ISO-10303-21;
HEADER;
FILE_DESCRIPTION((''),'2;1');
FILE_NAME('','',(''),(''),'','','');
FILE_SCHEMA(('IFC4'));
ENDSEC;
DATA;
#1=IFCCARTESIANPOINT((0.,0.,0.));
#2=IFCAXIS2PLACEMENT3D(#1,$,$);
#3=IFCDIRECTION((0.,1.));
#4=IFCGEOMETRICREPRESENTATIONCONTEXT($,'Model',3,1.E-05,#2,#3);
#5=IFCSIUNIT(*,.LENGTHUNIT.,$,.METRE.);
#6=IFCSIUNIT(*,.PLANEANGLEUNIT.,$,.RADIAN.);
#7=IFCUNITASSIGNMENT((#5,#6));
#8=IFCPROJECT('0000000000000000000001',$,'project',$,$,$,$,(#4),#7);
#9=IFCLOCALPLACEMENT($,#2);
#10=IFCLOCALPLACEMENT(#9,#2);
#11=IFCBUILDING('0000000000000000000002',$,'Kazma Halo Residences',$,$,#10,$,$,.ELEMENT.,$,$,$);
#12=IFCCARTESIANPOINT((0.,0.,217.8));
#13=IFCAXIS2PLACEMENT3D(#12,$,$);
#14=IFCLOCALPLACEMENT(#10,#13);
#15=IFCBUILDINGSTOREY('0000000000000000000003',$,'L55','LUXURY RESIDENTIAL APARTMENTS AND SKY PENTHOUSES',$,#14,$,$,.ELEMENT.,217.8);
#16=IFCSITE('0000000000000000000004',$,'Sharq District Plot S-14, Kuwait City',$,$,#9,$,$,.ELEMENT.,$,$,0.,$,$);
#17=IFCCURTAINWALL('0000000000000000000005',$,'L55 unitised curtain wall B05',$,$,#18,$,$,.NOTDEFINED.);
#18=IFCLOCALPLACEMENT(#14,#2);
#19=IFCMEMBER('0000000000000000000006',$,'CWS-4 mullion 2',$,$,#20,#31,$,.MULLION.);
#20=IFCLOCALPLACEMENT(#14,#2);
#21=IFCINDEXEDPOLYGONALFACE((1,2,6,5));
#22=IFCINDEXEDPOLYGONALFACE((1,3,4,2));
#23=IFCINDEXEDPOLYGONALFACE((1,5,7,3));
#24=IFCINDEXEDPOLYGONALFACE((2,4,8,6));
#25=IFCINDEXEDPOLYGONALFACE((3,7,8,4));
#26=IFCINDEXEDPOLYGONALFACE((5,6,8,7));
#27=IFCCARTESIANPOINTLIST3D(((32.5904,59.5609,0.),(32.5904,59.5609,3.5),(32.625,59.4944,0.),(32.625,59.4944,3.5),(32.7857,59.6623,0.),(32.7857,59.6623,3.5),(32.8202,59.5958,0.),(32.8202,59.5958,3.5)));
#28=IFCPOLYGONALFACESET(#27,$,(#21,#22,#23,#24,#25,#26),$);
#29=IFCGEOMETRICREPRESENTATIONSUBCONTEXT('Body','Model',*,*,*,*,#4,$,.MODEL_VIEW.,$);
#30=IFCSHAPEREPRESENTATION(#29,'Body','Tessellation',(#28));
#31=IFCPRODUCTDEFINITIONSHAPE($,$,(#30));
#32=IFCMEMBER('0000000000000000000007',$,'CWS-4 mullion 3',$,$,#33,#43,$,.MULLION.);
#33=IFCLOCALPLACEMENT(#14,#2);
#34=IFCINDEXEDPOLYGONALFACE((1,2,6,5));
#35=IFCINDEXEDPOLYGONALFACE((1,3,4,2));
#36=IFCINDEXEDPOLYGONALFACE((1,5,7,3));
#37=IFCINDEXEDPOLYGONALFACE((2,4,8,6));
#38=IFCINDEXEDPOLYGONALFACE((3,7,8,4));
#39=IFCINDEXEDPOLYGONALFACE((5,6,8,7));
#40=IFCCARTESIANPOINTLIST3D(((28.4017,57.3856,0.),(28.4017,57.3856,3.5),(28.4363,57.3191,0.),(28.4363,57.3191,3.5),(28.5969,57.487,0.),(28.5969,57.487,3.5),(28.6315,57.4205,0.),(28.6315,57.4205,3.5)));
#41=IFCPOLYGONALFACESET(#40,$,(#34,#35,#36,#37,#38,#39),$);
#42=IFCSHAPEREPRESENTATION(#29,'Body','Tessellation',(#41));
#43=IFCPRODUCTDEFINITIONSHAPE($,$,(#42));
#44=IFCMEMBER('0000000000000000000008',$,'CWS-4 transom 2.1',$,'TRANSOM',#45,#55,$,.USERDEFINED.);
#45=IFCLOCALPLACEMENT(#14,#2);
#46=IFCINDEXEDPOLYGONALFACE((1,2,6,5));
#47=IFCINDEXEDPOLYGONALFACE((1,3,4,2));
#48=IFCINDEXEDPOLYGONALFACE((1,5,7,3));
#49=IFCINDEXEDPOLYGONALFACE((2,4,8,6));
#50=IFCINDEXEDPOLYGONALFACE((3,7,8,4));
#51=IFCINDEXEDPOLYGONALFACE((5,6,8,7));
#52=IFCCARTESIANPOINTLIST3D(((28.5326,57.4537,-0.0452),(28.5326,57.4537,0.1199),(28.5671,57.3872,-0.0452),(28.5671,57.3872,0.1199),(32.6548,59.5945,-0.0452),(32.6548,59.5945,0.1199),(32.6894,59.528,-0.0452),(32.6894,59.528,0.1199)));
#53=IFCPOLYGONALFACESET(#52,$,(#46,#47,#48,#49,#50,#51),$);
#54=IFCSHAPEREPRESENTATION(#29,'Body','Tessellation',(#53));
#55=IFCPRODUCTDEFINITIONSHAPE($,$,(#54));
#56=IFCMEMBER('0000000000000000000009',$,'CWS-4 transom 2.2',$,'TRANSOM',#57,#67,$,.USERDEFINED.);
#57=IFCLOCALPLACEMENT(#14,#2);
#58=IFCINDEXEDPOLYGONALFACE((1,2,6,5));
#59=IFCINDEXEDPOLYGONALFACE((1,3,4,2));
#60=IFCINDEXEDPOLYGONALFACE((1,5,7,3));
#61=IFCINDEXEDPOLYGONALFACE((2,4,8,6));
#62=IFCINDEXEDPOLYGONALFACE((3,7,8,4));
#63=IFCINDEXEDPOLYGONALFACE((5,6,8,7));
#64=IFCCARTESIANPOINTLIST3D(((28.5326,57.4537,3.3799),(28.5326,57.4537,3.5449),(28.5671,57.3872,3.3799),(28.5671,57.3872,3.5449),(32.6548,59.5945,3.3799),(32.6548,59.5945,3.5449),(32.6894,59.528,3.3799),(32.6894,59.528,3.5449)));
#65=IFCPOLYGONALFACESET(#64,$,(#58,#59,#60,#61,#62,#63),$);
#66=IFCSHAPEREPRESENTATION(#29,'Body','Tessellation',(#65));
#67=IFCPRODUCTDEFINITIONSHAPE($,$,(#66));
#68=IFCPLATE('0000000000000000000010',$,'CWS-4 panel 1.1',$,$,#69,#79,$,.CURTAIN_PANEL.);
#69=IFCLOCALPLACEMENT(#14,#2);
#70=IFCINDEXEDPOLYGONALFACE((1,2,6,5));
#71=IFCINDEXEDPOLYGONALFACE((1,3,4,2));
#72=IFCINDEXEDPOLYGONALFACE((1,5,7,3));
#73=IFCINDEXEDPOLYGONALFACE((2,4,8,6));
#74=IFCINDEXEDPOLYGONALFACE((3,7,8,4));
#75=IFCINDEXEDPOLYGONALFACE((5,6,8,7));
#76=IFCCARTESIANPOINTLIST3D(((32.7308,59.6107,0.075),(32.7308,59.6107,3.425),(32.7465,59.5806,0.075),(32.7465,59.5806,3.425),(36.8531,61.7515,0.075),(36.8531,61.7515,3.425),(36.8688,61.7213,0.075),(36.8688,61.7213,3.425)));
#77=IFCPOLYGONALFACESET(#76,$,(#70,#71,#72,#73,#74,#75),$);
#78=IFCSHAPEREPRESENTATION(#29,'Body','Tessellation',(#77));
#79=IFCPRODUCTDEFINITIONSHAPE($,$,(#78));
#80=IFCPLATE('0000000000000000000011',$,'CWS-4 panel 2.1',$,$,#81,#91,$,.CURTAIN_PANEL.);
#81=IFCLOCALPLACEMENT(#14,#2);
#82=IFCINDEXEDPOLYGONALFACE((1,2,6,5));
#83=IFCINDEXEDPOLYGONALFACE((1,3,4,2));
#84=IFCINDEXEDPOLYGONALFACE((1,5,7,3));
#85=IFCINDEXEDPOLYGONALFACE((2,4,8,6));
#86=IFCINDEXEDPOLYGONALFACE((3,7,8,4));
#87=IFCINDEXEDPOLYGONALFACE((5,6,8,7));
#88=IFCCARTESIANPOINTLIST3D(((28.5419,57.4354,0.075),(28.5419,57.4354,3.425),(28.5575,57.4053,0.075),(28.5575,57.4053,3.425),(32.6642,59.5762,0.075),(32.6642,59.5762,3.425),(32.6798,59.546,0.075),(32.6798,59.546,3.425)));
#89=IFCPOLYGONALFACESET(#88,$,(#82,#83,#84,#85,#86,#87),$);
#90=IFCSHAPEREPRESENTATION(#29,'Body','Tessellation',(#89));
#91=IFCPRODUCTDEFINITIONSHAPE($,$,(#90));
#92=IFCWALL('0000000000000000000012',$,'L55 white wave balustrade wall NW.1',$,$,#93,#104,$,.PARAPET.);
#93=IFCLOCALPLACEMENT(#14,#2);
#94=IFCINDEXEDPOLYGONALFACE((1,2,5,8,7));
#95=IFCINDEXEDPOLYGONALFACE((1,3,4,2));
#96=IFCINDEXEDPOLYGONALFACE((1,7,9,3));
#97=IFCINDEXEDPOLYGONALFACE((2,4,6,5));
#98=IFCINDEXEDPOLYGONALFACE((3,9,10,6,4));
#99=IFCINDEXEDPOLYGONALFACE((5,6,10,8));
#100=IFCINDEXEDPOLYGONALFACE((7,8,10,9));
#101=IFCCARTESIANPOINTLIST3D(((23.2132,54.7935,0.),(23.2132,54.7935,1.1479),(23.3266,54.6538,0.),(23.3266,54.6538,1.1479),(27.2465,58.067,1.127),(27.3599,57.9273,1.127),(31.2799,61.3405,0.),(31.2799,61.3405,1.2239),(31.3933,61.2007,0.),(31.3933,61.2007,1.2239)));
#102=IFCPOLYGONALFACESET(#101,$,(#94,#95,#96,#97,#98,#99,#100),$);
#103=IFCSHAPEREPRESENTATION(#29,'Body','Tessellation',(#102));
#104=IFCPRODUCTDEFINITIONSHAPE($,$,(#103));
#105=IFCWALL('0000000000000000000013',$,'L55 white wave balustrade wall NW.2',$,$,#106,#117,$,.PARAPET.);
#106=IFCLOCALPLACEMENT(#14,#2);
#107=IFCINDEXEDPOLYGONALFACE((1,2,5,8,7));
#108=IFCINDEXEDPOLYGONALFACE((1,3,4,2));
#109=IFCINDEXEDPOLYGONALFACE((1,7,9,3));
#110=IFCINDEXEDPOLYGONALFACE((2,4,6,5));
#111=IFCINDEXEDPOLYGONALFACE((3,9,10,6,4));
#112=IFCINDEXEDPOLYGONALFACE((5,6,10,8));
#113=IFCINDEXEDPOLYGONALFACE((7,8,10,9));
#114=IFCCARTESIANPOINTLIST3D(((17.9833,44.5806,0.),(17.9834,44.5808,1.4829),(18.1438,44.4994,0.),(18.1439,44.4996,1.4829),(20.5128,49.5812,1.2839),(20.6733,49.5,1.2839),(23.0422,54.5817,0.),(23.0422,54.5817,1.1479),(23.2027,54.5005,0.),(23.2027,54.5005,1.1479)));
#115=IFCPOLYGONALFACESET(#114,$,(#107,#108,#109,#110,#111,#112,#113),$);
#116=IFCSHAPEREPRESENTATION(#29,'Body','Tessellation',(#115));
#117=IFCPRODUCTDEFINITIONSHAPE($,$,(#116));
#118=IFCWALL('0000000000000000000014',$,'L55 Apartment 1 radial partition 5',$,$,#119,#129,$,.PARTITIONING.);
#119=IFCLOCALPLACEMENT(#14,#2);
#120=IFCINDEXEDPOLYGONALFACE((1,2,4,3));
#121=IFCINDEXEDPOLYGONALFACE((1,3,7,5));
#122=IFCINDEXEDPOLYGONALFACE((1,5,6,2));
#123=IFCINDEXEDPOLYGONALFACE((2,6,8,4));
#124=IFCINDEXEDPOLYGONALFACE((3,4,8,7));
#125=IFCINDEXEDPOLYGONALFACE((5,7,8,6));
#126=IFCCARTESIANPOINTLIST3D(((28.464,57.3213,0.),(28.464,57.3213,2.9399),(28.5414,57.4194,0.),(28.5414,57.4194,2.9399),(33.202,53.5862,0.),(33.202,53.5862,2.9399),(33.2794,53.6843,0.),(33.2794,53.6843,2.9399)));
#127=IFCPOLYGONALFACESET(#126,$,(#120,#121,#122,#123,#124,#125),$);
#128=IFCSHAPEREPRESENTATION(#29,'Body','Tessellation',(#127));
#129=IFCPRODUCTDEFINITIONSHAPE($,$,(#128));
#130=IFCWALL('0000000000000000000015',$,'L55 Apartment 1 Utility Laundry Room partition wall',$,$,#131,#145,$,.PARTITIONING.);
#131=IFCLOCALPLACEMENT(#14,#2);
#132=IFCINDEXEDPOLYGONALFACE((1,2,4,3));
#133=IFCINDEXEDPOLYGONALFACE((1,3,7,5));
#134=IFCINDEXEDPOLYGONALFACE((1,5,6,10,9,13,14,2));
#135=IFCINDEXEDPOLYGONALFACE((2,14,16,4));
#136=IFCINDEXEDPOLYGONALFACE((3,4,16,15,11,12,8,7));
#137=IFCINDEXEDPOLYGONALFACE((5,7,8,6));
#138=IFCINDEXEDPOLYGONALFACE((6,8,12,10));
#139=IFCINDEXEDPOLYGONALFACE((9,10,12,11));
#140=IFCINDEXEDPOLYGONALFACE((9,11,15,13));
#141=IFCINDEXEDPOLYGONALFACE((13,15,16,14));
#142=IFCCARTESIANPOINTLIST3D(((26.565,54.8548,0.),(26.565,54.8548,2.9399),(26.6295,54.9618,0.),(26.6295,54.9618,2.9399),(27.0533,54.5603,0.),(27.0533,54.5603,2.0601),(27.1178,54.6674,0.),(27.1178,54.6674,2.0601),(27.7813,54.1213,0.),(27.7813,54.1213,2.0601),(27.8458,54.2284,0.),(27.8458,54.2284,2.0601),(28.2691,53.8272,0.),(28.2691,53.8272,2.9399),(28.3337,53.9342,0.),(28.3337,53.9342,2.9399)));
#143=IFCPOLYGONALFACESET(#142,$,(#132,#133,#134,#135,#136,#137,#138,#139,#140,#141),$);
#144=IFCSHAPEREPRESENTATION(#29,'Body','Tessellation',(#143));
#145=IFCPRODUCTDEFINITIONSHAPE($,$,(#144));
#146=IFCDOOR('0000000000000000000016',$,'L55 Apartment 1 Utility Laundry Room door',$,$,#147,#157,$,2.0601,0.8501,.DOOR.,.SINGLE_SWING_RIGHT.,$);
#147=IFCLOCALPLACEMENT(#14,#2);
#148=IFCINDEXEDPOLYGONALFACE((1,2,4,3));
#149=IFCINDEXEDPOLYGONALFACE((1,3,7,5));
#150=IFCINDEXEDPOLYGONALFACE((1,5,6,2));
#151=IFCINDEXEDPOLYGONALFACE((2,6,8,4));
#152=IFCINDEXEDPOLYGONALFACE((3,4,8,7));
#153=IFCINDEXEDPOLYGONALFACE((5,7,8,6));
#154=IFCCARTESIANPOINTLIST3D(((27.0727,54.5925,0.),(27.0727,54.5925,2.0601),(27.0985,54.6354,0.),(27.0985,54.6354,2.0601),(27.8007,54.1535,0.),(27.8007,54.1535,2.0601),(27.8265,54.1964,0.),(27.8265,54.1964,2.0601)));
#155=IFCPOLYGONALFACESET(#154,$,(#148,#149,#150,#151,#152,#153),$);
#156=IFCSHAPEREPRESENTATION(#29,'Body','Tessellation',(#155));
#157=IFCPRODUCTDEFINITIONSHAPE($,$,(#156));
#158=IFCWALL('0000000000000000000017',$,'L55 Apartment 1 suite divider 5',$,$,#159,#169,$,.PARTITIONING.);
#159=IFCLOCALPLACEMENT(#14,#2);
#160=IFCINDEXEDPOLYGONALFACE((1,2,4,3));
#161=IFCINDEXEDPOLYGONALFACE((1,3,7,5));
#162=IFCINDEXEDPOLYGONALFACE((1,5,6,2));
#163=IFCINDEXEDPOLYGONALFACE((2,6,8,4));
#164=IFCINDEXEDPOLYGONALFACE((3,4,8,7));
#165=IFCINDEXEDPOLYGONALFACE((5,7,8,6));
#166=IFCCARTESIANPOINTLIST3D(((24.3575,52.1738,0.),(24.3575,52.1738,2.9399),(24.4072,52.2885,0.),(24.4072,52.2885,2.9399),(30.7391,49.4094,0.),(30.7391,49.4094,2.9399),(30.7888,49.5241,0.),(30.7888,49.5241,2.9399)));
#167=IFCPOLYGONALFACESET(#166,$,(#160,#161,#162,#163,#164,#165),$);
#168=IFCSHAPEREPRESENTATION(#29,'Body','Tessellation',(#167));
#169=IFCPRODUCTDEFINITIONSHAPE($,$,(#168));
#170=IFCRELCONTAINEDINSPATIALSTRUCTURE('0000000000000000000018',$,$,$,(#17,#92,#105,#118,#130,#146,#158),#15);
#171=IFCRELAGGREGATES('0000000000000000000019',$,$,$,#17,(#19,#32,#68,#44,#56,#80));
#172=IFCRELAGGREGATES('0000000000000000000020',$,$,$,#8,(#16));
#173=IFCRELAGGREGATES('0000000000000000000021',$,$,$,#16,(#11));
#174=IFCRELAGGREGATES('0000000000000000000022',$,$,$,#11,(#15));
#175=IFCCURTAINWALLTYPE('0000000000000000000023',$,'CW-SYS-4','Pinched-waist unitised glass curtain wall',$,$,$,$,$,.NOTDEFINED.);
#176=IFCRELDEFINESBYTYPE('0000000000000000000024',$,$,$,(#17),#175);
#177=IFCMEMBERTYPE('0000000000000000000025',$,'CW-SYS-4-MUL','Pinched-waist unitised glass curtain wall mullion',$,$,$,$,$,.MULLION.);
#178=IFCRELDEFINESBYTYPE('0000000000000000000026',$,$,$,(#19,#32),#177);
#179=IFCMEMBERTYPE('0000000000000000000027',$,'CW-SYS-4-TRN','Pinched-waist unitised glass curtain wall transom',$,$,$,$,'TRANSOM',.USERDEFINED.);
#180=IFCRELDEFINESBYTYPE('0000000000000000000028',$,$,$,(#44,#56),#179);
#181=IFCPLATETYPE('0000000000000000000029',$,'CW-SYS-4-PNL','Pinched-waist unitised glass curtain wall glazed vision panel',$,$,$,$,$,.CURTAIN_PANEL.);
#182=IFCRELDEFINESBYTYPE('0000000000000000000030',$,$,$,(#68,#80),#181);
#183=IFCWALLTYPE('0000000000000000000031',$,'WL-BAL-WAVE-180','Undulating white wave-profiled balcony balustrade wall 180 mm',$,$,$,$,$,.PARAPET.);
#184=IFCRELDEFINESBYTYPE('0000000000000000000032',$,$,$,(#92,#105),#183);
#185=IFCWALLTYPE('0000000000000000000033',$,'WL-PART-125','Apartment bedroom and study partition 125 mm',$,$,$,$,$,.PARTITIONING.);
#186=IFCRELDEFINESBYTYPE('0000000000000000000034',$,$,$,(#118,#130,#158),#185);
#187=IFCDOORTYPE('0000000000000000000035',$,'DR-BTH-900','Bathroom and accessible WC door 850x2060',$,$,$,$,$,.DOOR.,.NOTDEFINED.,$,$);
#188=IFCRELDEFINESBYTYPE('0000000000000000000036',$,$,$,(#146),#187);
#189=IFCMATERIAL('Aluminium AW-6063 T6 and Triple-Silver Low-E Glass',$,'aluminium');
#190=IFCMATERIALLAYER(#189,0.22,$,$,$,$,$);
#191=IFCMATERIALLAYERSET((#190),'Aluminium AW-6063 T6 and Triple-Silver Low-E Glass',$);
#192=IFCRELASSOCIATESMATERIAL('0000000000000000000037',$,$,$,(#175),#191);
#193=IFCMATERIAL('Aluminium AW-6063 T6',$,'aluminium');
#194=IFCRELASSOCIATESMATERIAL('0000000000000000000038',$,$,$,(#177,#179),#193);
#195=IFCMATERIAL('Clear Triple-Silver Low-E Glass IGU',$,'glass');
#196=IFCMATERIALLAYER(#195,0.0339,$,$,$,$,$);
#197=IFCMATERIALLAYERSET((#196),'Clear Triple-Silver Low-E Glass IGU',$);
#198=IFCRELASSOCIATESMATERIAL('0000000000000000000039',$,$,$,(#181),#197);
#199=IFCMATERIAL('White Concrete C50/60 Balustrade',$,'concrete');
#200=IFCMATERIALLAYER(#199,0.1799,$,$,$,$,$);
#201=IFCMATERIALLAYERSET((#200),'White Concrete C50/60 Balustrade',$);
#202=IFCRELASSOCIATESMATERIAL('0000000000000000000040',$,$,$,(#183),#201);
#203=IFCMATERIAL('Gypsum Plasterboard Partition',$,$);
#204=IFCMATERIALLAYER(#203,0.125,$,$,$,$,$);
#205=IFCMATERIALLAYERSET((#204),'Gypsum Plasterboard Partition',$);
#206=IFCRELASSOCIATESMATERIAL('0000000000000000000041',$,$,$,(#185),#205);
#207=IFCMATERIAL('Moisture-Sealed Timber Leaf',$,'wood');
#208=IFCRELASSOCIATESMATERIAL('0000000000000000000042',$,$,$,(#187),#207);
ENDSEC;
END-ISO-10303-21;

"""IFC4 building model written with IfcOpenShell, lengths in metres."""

from ifc_helpers import new_model, si_unit, direction, frame, frame_2d, origin, origin_2d, place, context, subcontext, project, spatial, polyline, rectangle, outline, extrude, material, layer, layer_set, material_profile, profile_set, type_object, element, fill, aggregate, save


model = new_model("IFC4")

# Units and contexts
model_context = context("Model", 3, precision=1e-05, world=origin(), true_north=direction((0.0, 1.0)))
body_context = subcontext(model_context, "Body", "Model", "MODEL_VIEW")
ifc_project = project(units=[si_unit("LENGTHUNIT", "METRE"), si_unit("PLANEANGLEUNIT", "RADIAN")], contexts=[model_context])

# Site, building, storey
site_placement = place(None, origin())
site = spatial("IfcSite", under=ifc_project, at=site_placement, Name="Sharq District Plot S-14, Kuwait City", CompositionType="ELEMENT", RefElevation=0.0)
building_placement = place(site_placement, origin())
building = spatial("IfcBuilding", under=site, at=building_placement, Name="Kazma Halo Residences", CompositionType="ELEMENT")
storey_placement = place(building_placement, frame((0.0, 0.0, 217.8)))
storey = spatial("IfcBuildingStorey", under=building, at=storey_placement, Name="L55", Description="LUXURY RESIDENTIAL APARTMENTS AND SKY PENTHOUSES", CompositionType="ELEMENT", Elevation=217.8)

# Curtain wall, members, plates
ifc_material_1 = material(Name="Aluminium AW-6063 T6 and Triple-Silver Low-E Glass", Category="aluminium")
ifc_layer_1 = layer(ifc_material_1, 0.22)
ifc_layer_set_1 = layer_set([ifc_layer_1], Name="Aluminium AW-6063 T6 and Triple-Silver Low-E Glass")
curtain_wall_type = type_object("IfcCurtainWallType", Name="CW-SYS-4", Description="Pinched-waist unitised glass curtain wall", PredefinedType="NOTDEFINED", material=ifc_layer_set_1)
curtain_wall_placement = place(storey_placement, origin())
curtain_wall = element("IfcCurtainWall", 1, at=curtain_wall_placement, inside=storey, type_object=curtain_wall_type, Name="L55 unitised curtain wall B05", PredefinedType="NOTDEFINED")
ifc_material_2 = material(Name="Aluminium AW-6063 T6", Category="aluminium")
ifc_material_profile_1 = material_profile(ifc_material_2, rectangle(XDim=0.075, YDim=0.22, at=origin_2d()), Name="CWM-75x220")
ifc_profile_set_1 = profile_set([ifc_material_profile_1], Name="Aluminium AW-6063 T6")
member_type_1 = type_object("IfcMemberType", Name="CW-SYS-4-MUL", Description="Pinched-waist unitised glass curtain wall mullion", PredefinedType="MULLION", material=ifc_profile_set_1)
member_1_placement = place(storey_placement, frame((32.7053, 59.5784, 0.0), z_axis=(0.0, 0.0, 1.0), x_axis=(0.460874, -0.887466, 0.0)))
member_1 = element("IfcMember", 2, at=member_1_placement, type_object=member_type_1, Name="CWS-4 mullion 2", PredefinedType="MULLION", context=body_context, shape_type="SweptSolid", body=[
    extrude(rectangle(XDim=0.075, YDim=0.22, at=origin_2d()), origin(), (0.0, 0.0, 1.0), 3.5),
])
member_2_placement = place(storey_placement, frame((28.5166, 57.4031, 0.0), z_axis=(0.0, 0.0, 1.0), x_axis=(0.460874, -0.887466, 0.0)))
member_2 = element("IfcMember", 3, at=member_2_placement, type_object=member_type_1, Name="CWS-4 mullion 3", PredefinedType="MULLION", context=body_context, shape_type="SweptSolid", body=[
    extrude(rectangle(XDim=0.075, YDim=0.22, at=origin_2d()), origin(), (0.0, 0.0, 1.0), 3.5),
])
ifc_material_profile_2 = material_profile(ifc_material_2, rectangle(XDim=0.075, YDim=0.165, at=origin_2d()), Name="CWT-75x165")
ifc_profile_set_2 = profile_set([ifc_material_profile_2], Name="Aluminium AW-6063 T6")
member_type_2 = type_object("IfcMemberType", Name="CW-SYS-4-TRN", Description="Pinched-waist unitised glass curtain wall transom", ElementType="TRANSOM", PredefinedType="USERDEFINED", material=ifc_profile_set_2)
member_3_placement = place(storey_placement, frame((32.6721, 59.5613, 0.0374), z_axis=(-0.887458, -0.460889, 0.0), x_axis=(0.460889, -0.887458, 0.0)))
member_3 = element("IfcMember", 4, at=member_3_placement, type_object=member_type_2, Name="CWS-4 transom 2.1", ObjectType="TRANSOM", PredefinedType="USERDEFINED", context=body_context, shape_type="SweptSolid", body=[
    extrude(rectangle(XDim=0.075, YDim=0.165, at=origin_2d()), origin(), (0.0, 0.0, 1.0), 4.645),
])
member_4_placement = place(storey_placement, frame((32.6721, 59.5613, 3.4624), z_axis=(-0.887458, -0.460889, 0.0), x_axis=(0.460889, -0.887458, 0.0)))
member_4 = element("IfcMember", 5, at=member_4_placement, type_object=member_type_2, Name="CWS-4 transom 2.2", ObjectType="TRANSOM", PredefinedType="USERDEFINED", context=body_context, shape_type="SweptSolid", body=[
    extrude(rectangle(XDim=0.075, YDim=0.165, at=origin_2d()), origin(), (0.0, 0.0, 1.0), 4.645),
])
ifc_material_3 = material(Name="Clear Triple-Silver Low-E Glass IGU", Category="glass")
ifc_layer_2 = layer(ifc_material_3, 0.0339)
ifc_layer_set_2 = layer_set([ifc_layer_2], Name="Clear Triple-Silver Low-E Glass IGU")
plate_type = type_object("IfcPlateType", Name="CW-SYS-4-PNL", Description="Pinched-waist unitised glass curtain wall glazed vision panel", PredefinedType="CURTAIN_PANEL", material=ifc_layer_set_2)
plate_1_placement = place(storey_placement, frame((34.7998, 60.666, 0.075), z_axis=(0.0, 0.0, 1.0), x_axis=(-0.887466, -0.460874, 0.0)))
plate_1 = element("IfcPlate", 6, at=plate_1_placement, type_object=plate_type, Name="CWS-4 panel 1.1", PredefinedType="CURTAIN_PANEL", context=body_context, shape_type="SweptSolid", body=[
    extrude(rectangle(XDim=4.645, YDim=0.0339, at=origin_2d()), origin(), (0.0, 0.0, 1.0), 3.3501),
])
plate_2_placement = place(storey_placement, frame((30.6108, 58.4907, 0.075), z_axis=(0.0, 0.0, 1.0), x_axis=(-0.887466, -0.460874, 0.0)))
plate_2 = element("IfcPlate", 7, at=plate_2_placement, type_object=plate_type, Name="CWS-4 panel 2.1", PredefinedType="CURTAIN_PANEL", context=body_context, shape_type="SweptSolid", body=[
    extrude(rectangle(XDim=4.645, YDim=0.0339, at=origin_2d()), origin(), (0.0, 0.0, 1.0), 3.3501),
])
aggregate(curtain_wall, [member_1, member_2, plate_1, member_3, member_4, plate_2])

# Walls
ifc_material_4 = material(Name="White Concrete C50/60 Balustrade", Category="concrete")
ifc_layer_3 = layer(ifc_material_4, 0.1799)
ifc_layer_set_3 = layer_set([ifc_layer_3], Name="White Concrete C50/60 Balustrade")
wall_type_1 = type_object("IfcWallType", Name="WL-BAL-WAVE-180", Description="Undulating white wave-profiled balcony balustrade wall 180 mm", PredefinedType="PARAPET", material=ifc_layer_set_3)
wall_1_placement = place(storey_placement, frame((31.3367, 61.2705, 0.0), z_axis=(0.0, 0.0, 1.0), x_axis=(-0.776457, -0.630171, 0.0)))
element("IfcWall", 8, at=wall_1_placement, inside=storey, type_object=wall_type_1, Name="L55 white wave balustrade wall NW.1", PredefinedType="PARAPET", context=body_context, shape_type="SweptSolid", body=[
    extrude(outline(polyline([(0.0, 0.0), (10.3892, 0.0), (10.3892, 1.1479), (5.1946, 1.127), (0.0, 1.2239), (0.0, 0.0)])), frame((0.0, 0.0898, 0.0), z_axis=(0.0, -1.0, 0.0), x_axis=(1.0, 0.0, 0.0)), (0.0, 0.0, 1.0), 0.1799),
])
wall_2_placement = place(storey_placement, frame((23.1226, 54.541, 0.0), z_axis=(0.0, 0.0, 1.0), x_axis=(-0.451374, -0.892335, 0.0)))
element("IfcWall", 9, at=wall_2_placement, inside=storey, type_object=wall_type_1, Name="L55 white wave balustrade wall NW.2", PredefinedType="PARAPET", context=body_context, shape_type="SweptSolid", body=[
    extrude(outline(polyline([(0.0, 0.0), (11.2078, 0.0), (11.2075, 1.4829), (5.6038, 1.2839), (0.0, 1.1479), (0.0, 0.0)])), frame((0.0, 0.0898, 0.0), z_axis=(0.0, -1.0, 0.0), x_axis=(1.0, 0.0, 0.0)), (0.0, 0.0, 1.0), 0.1799),
])

# Wall
ifc_material_5 = material(Name="Gypsum Plasterboard Partition")
ifc_layer_4 = layer(ifc_material_5, 0.125)
ifc_layer_set_4 = layer_set([ifc_layer_4], Name="Gypsum Plasterboard Partition")
wall_type_2 = type_object("IfcWallType", Name="WL-PART-125", Description="Apartment bedroom and study partition 125 mm", PredefinedType="PARTITIONING", material=ifc_layer_set_4)
wall_3_placement = place(storey_placement, frame((33.2407, 53.6353, 0.0), z_axis=(0.0, 0.0, 1.0), x_axis=(-0.785322, 0.619088, 0.0)))
element("IfcWall", 10, at=wall_3_placement, inside=storey, type_object=wall_type_2, Name="L55 Apartment 1 radial partition 5", PredefinedType="PARTITIONING", context=body_context, shape_type="SweptSolid", body=[
    extrude(rectangle(XDim=6.0332, YDim=0.125, at=frame_2d((3.0166, 0.0))), origin(), (0.0, 0.0, 1.0), 2.9399),
])

# Wall, opening, door
wall_4_placement = place(storey_placement, frame((28.3015, 53.8806, 0.0), z_axis=(0.0, 0.0, 1.0), x_axis=(-0.856354, 0.516389, 0.0)))
wall_4 = element("IfcWall", 11, at=wall_4_placement, inside=storey, type_object=wall_type_2, Name="L55 Apartment 1 Utility Laundry Room partition wall", PredefinedType="PARTITIONING", context=body_context, shape_type="SweptSolid", body=[
    extrude(rectangle(XDim=1.99, YDim=0.125, at=frame_2d((0.9951, 0.0))), origin(), (0.0, 0.0, 1.0), 2.9399),
])
opening_1_placement = place(wall_4_placement, frame((0.5698, 0.0, 0.0)))
opening_1 = element("IfcOpeningElement", 12, at=opening_1_placement, cuts=wall_4, PredefinedType="OPENING", context=body_context, shape_type="SweptSolid", body=[
    extrude(rectangle(XDim=0.8501, YDim=2.0601, at=frame_2d((0.425, 1.03))), frame((0.0, 0.0725, 0.0), z_axis=(0.0, -1.0, 0.0), x_axis=(1.0, 0.0, 0.0)), (0.0, 0.0, 1.0), 0.145),
])
ifc_material_6 = material(Name="Moisture-Sealed Timber Leaf", Category="wood")
door_type_1 = type_object("IfcDoorType", Name="DR-BTH-900", Description="Bathroom and accessible WC door 850x2060", OperationType="NOTDEFINED", PredefinedType="DOOR", material=ifc_material_6)
door_1_placement = place(opening_1_placement, origin())
door_1 = element("IfcDoor", 13, at=door_1_placement, inside=storey, type_object=door_type_1, Name="L55 Apartment 1 Utility Laundry Room door", OperationType="SINGLE_SWING_RIGHT", OverallHeight=2.0601, OverallWidth=0.8501, PredefinedType="DOOR", context=body_context, shape_type="SweptSolid", body=[
    extrude(rectangle(XDim=0.8501, YDim=2.0601, at=frame_2d((0.425, 1.03))), frame((0.0, 0.0249, 0.0), z_axis=(0.0, -1.0, 0.0), x_axis=(1.0, 0.0, 0.0)), (0.0, 0.0, 1.0), 0.05),
])
fill(opening_1, door_1)

# Wall
wall_5_placement = place(storey_placement, frame((30.7639, 49.4668, 0.0), z_axis=(0.0, 0.0, 1.0), x_axis=(-0.917606, 0.397492, 0.0)))
element("IfcWall", 14, at=wall_5_placement, inside=storey, type_object=wall_type_2, Name="L55 Apartment 1 suite divider 5", PredefinedType="PARTITIONING", context=body_context, shape_type="SweptSolid", body=[
    extrude(rectangle(XDim=6.9546, YDim=0.125, at=frame_2d((3.4773, 0.0))), origin(), (0.0, 0.0, 1.0), 2.9399),
])

save(model, "model.ifc")
